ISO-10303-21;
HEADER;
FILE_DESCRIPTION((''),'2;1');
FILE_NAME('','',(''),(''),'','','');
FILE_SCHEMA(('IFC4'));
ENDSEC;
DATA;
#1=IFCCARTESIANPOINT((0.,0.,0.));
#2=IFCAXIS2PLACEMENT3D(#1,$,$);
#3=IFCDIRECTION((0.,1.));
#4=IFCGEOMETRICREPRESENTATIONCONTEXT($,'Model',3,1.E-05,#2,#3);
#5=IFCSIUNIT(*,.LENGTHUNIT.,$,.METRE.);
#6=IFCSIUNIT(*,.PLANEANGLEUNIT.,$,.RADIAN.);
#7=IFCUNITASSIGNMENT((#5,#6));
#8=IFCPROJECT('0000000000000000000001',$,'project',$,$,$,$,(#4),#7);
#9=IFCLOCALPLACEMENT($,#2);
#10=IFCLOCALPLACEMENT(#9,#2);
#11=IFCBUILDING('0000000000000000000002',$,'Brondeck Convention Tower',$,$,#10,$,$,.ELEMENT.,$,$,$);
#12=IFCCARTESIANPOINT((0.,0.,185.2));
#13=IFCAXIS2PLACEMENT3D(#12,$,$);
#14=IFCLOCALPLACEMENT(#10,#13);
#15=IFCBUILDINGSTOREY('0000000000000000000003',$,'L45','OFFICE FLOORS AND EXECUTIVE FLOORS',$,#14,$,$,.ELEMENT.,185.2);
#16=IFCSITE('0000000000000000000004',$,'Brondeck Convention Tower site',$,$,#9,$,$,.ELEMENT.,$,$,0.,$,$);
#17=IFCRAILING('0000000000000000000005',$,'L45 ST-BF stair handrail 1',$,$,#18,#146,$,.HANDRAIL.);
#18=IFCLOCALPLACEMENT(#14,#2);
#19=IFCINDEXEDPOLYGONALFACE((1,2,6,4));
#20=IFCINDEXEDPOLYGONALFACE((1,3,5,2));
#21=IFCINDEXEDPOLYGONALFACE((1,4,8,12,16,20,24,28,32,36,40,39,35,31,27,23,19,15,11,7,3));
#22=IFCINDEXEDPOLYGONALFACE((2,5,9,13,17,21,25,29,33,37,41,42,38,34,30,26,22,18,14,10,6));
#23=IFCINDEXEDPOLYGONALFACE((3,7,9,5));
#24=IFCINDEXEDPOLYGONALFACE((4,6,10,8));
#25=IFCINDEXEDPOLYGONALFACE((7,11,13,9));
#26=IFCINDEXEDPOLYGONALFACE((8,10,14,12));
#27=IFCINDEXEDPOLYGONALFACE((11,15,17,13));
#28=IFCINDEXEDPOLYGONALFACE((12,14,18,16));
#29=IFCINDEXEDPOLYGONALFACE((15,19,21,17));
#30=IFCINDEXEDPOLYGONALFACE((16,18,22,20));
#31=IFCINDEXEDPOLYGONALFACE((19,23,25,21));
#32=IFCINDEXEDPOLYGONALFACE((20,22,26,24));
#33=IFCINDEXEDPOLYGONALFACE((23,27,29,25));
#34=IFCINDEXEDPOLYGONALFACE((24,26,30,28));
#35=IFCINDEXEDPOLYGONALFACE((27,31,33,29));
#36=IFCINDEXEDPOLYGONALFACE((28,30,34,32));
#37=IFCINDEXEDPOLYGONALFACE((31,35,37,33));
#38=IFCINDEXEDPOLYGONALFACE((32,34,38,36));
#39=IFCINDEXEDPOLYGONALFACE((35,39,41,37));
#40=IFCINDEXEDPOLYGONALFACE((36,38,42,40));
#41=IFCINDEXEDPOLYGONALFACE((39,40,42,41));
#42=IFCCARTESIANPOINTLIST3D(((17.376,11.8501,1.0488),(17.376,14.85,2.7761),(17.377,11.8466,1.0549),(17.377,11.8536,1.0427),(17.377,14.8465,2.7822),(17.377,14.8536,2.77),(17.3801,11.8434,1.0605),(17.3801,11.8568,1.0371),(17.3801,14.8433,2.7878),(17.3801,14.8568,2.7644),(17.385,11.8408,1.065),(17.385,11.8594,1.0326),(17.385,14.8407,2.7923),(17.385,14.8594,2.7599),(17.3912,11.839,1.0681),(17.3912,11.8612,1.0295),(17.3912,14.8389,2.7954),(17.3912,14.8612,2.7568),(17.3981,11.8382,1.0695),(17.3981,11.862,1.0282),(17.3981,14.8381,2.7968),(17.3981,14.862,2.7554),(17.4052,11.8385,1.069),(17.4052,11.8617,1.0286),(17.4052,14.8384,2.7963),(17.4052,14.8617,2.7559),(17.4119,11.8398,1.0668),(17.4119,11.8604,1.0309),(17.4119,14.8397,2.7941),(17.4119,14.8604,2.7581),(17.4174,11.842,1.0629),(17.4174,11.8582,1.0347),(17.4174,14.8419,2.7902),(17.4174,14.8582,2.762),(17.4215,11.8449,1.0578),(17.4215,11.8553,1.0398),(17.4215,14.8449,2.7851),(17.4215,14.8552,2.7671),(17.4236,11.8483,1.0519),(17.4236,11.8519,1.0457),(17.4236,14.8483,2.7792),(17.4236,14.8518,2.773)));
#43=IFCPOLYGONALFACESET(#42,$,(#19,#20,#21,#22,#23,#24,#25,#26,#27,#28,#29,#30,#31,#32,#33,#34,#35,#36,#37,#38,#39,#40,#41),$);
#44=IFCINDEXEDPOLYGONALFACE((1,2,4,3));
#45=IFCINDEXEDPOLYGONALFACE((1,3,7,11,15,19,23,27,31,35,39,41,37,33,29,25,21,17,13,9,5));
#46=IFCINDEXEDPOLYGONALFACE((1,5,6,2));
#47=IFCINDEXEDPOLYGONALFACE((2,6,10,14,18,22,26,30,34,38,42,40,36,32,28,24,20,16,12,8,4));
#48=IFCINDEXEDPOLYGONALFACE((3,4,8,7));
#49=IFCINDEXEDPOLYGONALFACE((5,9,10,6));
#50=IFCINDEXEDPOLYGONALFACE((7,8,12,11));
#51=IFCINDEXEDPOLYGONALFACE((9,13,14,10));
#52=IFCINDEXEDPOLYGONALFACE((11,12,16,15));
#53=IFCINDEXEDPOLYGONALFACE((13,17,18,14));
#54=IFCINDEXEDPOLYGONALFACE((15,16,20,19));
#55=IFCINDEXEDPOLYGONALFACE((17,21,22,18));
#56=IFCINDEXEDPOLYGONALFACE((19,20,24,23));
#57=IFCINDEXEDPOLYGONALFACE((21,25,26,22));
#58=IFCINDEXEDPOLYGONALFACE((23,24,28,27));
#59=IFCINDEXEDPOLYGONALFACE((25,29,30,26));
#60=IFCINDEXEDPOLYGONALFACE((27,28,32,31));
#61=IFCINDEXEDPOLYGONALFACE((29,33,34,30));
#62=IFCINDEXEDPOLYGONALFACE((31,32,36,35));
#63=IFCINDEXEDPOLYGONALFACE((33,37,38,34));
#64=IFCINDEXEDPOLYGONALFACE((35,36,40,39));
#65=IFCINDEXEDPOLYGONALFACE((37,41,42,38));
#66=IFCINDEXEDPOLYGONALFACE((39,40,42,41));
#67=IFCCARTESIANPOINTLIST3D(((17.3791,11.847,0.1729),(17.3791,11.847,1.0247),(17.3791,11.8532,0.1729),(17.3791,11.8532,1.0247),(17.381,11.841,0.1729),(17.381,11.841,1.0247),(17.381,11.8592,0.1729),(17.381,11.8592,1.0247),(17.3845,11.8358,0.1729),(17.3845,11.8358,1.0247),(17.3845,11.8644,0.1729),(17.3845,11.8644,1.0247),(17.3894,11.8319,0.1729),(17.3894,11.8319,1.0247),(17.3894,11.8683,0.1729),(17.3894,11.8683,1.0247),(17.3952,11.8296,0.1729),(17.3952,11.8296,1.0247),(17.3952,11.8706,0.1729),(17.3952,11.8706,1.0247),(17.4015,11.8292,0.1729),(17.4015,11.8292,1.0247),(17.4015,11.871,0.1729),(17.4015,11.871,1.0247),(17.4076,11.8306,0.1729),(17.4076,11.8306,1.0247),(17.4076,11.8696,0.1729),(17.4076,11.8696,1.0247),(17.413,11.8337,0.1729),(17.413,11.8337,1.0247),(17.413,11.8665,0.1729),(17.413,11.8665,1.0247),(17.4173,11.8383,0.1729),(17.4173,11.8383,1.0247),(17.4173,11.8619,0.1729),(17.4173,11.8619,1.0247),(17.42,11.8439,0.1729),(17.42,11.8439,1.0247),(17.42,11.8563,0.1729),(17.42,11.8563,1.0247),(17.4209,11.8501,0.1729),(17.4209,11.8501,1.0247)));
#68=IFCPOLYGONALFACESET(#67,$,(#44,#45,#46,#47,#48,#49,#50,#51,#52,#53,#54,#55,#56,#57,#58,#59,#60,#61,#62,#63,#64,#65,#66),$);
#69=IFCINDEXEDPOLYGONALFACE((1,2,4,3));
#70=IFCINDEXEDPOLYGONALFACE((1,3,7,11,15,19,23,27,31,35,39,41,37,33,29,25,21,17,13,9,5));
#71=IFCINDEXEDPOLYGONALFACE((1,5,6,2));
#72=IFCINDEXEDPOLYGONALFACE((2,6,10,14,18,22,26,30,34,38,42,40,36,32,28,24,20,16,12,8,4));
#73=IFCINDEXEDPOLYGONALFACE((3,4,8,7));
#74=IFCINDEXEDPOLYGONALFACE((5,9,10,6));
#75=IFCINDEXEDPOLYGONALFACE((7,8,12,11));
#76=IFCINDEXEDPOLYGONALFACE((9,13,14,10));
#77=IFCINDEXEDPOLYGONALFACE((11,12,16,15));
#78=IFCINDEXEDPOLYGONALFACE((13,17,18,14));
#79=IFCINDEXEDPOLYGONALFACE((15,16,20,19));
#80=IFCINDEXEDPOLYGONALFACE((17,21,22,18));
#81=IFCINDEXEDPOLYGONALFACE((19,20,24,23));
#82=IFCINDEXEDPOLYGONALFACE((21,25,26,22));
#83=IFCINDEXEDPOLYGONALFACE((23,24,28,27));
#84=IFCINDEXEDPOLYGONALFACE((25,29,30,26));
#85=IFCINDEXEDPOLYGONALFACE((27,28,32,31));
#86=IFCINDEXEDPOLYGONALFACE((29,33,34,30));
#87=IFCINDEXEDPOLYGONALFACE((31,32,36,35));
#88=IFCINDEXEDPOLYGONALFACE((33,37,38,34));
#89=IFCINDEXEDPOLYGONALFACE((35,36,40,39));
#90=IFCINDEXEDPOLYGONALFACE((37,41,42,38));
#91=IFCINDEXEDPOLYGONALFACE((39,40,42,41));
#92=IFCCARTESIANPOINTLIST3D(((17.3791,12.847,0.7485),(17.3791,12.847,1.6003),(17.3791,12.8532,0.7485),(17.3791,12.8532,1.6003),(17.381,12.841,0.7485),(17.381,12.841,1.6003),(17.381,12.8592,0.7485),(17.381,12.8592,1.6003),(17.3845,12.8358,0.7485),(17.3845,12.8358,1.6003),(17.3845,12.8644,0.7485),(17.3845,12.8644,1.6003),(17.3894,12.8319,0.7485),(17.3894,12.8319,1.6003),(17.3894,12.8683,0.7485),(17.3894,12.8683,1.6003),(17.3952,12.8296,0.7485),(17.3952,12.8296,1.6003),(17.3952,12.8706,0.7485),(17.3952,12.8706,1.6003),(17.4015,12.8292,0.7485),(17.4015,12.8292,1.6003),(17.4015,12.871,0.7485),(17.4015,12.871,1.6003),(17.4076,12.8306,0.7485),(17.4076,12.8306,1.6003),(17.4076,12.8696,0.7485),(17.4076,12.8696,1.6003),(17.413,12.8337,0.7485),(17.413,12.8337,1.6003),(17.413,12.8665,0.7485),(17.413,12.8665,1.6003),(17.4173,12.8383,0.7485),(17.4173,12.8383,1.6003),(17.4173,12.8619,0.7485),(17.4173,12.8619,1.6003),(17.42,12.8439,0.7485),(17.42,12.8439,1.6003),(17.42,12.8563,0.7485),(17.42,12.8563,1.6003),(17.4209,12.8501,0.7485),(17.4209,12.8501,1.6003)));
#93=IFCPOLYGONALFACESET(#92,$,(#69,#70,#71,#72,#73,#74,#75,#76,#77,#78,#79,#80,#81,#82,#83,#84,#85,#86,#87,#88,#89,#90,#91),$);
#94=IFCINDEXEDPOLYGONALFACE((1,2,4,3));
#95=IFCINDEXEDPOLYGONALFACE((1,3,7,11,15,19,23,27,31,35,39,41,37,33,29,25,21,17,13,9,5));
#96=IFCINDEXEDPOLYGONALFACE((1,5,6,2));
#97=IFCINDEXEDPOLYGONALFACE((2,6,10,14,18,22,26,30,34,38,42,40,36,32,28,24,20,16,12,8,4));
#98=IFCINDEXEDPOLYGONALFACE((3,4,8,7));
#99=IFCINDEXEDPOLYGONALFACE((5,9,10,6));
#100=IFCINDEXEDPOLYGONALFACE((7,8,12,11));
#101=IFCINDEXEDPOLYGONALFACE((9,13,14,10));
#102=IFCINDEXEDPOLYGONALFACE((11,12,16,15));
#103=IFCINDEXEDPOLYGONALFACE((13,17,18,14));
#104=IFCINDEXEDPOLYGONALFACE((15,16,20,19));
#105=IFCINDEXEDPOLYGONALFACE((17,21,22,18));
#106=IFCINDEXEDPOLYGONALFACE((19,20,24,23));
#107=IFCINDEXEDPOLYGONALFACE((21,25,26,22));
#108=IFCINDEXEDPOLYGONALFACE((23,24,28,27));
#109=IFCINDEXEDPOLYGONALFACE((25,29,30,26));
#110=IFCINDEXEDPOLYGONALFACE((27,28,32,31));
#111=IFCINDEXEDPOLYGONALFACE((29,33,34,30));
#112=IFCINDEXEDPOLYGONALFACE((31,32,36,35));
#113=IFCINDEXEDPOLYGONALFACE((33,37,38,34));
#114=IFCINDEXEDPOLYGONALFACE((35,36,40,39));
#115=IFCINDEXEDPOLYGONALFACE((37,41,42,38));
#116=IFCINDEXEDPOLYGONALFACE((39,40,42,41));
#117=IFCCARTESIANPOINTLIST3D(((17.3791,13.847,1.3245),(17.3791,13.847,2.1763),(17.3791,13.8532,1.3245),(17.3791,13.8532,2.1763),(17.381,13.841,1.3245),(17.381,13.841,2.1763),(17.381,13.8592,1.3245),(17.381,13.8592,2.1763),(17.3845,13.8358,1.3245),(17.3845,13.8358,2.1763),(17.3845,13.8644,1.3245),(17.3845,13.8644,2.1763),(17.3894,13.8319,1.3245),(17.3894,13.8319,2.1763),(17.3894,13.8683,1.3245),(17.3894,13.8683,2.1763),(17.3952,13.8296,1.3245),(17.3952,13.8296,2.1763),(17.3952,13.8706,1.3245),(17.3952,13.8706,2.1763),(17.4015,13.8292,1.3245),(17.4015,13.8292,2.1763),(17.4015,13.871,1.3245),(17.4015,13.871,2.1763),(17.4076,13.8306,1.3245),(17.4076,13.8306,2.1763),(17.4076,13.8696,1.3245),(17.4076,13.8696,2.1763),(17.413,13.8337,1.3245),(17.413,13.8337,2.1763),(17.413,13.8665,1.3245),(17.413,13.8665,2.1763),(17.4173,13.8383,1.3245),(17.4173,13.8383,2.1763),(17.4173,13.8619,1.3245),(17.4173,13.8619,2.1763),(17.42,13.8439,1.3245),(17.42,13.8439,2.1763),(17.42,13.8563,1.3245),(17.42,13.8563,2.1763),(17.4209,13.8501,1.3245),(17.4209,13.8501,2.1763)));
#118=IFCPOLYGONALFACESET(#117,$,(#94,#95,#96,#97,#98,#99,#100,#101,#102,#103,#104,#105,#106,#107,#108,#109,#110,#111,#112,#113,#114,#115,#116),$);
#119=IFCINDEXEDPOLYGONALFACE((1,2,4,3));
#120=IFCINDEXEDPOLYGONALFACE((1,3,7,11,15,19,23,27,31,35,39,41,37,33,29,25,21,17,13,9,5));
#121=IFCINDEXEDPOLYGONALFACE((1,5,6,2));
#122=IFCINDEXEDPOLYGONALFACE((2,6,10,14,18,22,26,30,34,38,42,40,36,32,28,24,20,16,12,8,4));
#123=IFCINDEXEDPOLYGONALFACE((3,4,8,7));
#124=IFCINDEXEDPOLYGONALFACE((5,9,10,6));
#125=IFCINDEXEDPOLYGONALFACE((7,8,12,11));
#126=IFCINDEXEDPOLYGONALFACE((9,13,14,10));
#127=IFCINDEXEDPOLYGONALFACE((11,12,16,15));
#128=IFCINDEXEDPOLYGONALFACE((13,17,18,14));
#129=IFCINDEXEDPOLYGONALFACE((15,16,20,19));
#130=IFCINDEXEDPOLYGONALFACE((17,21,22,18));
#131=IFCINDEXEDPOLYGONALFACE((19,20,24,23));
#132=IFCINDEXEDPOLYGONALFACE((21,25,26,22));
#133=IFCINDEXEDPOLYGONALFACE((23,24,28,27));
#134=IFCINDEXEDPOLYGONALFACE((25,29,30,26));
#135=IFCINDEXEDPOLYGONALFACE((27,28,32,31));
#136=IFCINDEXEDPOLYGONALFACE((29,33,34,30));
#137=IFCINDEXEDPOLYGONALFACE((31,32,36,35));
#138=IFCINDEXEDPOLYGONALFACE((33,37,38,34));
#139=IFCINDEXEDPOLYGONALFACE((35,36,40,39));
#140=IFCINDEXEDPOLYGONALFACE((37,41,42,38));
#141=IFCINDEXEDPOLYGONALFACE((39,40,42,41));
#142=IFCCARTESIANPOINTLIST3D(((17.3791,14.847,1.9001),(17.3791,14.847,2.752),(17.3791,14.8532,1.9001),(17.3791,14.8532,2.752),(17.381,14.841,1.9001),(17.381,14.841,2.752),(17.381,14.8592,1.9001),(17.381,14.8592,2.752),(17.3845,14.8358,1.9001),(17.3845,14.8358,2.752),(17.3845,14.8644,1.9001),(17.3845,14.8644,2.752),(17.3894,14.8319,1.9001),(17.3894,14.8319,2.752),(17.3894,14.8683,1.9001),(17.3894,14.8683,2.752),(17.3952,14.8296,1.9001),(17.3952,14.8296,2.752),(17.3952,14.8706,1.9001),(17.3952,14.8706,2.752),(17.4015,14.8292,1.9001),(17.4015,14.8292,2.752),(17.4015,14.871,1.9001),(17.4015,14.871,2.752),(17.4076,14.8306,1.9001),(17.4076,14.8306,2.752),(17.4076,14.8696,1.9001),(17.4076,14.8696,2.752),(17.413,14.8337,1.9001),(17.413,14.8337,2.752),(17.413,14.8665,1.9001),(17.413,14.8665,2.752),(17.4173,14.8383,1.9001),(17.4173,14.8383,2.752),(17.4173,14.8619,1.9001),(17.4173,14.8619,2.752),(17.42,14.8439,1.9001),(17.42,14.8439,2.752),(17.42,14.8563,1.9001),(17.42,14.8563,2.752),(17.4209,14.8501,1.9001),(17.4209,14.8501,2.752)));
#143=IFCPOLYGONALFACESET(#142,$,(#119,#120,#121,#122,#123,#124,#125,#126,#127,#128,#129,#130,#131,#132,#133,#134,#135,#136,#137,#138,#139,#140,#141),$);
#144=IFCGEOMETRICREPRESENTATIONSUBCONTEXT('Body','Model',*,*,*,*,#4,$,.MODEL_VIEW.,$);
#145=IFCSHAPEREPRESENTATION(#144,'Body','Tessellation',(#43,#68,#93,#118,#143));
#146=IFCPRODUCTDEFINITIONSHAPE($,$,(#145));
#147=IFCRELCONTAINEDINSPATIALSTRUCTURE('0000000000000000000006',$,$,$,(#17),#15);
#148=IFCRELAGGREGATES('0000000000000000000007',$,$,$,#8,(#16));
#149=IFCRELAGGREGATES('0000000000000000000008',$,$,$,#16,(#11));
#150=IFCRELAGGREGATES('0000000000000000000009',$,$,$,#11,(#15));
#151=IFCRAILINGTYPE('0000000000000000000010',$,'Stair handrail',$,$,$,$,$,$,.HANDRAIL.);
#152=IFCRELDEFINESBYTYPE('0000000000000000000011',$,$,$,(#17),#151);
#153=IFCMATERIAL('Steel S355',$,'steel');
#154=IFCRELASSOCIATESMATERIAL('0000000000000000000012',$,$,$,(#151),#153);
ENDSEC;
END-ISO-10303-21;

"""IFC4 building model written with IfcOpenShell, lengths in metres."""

from ifc_helpers import new_model, si_unit, direction, frame, origin, origin_2d, place, context, subcontext, project, spatial, circle, extrude, material, type_object, element, save


model = new_model("IFC4")

# Units and contexts
model_context = context("Model", 3, precision=1e-05, world=origin(), true_north=direction((0.0, 1.0)))
body_context = subcontext(model_context, "Body", "Model", "MODEL_VIEW")
ifc_project = project(units=[si_unit("LENGTHUNIT", "METRE"), si_unit("PLANEANGLEUNIT", "RADIAN")], contexts=[model_context])

# Site, building, storey
site_placement = place(None, origin())
site = spatial("IfcSite", under=ifc_project, at=site_placement, Name="Brondeck Convention Tower site", CompositionType="ELEMENT", RefElevation=0.0)
building_placement = place(site_placement, origin())
building = spatial("IfcBuilding", under=site, at=building_placement, Name="Brondeck Convention Tower", CompositionType="ELEMENT")
storey_placement = place(building_placement, frame((0.0, 0.0, 185.2)))
storey = spatial("IfcBuildingStorey", under=building, at=storey_placement, Name="L45", Description="OFFICE FLOORS AND EXECUTIVE FLOORS", CompositionType="ELEMENT", Elevation=185.2)

# Shared definitions
ifc_material_1 = material(Name="Steel S355", Category="steel")

# Railing
railing_type_1 = type_object("IfcRailingType", Name="Stair handrail", PredefinedType="HANDRAIL", material=ifc_material_1)
railing_1_placement = place(storey_placement, frame((17.3999, 11.8501, 0.1729)))
element("IfcRailing", 1, at=railing_1_placement, inside=storey, type_object=railing_type_1, Name="L45 ST-BF stair handrail 1", PredefinedType="HANDRAIL", context=body_context, shape_type="SweptSolid", body=[
    extrude(circle(Radius=0.0239, at=origin_2d()), frame((0.0, 0.0, 0.876), z_axis=(0.0, 0.86662, 0.498969), x_axis=(-1.0, 0.0, 0.0)), (0.0, 0.0, 1.0), 3.4617),
    extrude(circle(Radius=0.021, at=origin_2d()), origin(), (0.0, 0.0, 1.0), 0.8518),
    extrude(circle(Radius=0.021, at=origin_2d()), frame((0.0, 1.0, 0.5757)), (0.0, 0.0, 1.0), 0.8518),
    extrude(circle(Radius=0.021, at=origin_2d()), frame((0.0, 2.0, 1.1516)), (0.0, 0.0, 1.0), 0.8518),
    extrude(circle(Radius=0.021, at=origin_2d()), frame((0.0, 3.0, 1.7273)), (0.0, 0.0, 1.0), 0.8518),
])

save(model, "model.ifc")
